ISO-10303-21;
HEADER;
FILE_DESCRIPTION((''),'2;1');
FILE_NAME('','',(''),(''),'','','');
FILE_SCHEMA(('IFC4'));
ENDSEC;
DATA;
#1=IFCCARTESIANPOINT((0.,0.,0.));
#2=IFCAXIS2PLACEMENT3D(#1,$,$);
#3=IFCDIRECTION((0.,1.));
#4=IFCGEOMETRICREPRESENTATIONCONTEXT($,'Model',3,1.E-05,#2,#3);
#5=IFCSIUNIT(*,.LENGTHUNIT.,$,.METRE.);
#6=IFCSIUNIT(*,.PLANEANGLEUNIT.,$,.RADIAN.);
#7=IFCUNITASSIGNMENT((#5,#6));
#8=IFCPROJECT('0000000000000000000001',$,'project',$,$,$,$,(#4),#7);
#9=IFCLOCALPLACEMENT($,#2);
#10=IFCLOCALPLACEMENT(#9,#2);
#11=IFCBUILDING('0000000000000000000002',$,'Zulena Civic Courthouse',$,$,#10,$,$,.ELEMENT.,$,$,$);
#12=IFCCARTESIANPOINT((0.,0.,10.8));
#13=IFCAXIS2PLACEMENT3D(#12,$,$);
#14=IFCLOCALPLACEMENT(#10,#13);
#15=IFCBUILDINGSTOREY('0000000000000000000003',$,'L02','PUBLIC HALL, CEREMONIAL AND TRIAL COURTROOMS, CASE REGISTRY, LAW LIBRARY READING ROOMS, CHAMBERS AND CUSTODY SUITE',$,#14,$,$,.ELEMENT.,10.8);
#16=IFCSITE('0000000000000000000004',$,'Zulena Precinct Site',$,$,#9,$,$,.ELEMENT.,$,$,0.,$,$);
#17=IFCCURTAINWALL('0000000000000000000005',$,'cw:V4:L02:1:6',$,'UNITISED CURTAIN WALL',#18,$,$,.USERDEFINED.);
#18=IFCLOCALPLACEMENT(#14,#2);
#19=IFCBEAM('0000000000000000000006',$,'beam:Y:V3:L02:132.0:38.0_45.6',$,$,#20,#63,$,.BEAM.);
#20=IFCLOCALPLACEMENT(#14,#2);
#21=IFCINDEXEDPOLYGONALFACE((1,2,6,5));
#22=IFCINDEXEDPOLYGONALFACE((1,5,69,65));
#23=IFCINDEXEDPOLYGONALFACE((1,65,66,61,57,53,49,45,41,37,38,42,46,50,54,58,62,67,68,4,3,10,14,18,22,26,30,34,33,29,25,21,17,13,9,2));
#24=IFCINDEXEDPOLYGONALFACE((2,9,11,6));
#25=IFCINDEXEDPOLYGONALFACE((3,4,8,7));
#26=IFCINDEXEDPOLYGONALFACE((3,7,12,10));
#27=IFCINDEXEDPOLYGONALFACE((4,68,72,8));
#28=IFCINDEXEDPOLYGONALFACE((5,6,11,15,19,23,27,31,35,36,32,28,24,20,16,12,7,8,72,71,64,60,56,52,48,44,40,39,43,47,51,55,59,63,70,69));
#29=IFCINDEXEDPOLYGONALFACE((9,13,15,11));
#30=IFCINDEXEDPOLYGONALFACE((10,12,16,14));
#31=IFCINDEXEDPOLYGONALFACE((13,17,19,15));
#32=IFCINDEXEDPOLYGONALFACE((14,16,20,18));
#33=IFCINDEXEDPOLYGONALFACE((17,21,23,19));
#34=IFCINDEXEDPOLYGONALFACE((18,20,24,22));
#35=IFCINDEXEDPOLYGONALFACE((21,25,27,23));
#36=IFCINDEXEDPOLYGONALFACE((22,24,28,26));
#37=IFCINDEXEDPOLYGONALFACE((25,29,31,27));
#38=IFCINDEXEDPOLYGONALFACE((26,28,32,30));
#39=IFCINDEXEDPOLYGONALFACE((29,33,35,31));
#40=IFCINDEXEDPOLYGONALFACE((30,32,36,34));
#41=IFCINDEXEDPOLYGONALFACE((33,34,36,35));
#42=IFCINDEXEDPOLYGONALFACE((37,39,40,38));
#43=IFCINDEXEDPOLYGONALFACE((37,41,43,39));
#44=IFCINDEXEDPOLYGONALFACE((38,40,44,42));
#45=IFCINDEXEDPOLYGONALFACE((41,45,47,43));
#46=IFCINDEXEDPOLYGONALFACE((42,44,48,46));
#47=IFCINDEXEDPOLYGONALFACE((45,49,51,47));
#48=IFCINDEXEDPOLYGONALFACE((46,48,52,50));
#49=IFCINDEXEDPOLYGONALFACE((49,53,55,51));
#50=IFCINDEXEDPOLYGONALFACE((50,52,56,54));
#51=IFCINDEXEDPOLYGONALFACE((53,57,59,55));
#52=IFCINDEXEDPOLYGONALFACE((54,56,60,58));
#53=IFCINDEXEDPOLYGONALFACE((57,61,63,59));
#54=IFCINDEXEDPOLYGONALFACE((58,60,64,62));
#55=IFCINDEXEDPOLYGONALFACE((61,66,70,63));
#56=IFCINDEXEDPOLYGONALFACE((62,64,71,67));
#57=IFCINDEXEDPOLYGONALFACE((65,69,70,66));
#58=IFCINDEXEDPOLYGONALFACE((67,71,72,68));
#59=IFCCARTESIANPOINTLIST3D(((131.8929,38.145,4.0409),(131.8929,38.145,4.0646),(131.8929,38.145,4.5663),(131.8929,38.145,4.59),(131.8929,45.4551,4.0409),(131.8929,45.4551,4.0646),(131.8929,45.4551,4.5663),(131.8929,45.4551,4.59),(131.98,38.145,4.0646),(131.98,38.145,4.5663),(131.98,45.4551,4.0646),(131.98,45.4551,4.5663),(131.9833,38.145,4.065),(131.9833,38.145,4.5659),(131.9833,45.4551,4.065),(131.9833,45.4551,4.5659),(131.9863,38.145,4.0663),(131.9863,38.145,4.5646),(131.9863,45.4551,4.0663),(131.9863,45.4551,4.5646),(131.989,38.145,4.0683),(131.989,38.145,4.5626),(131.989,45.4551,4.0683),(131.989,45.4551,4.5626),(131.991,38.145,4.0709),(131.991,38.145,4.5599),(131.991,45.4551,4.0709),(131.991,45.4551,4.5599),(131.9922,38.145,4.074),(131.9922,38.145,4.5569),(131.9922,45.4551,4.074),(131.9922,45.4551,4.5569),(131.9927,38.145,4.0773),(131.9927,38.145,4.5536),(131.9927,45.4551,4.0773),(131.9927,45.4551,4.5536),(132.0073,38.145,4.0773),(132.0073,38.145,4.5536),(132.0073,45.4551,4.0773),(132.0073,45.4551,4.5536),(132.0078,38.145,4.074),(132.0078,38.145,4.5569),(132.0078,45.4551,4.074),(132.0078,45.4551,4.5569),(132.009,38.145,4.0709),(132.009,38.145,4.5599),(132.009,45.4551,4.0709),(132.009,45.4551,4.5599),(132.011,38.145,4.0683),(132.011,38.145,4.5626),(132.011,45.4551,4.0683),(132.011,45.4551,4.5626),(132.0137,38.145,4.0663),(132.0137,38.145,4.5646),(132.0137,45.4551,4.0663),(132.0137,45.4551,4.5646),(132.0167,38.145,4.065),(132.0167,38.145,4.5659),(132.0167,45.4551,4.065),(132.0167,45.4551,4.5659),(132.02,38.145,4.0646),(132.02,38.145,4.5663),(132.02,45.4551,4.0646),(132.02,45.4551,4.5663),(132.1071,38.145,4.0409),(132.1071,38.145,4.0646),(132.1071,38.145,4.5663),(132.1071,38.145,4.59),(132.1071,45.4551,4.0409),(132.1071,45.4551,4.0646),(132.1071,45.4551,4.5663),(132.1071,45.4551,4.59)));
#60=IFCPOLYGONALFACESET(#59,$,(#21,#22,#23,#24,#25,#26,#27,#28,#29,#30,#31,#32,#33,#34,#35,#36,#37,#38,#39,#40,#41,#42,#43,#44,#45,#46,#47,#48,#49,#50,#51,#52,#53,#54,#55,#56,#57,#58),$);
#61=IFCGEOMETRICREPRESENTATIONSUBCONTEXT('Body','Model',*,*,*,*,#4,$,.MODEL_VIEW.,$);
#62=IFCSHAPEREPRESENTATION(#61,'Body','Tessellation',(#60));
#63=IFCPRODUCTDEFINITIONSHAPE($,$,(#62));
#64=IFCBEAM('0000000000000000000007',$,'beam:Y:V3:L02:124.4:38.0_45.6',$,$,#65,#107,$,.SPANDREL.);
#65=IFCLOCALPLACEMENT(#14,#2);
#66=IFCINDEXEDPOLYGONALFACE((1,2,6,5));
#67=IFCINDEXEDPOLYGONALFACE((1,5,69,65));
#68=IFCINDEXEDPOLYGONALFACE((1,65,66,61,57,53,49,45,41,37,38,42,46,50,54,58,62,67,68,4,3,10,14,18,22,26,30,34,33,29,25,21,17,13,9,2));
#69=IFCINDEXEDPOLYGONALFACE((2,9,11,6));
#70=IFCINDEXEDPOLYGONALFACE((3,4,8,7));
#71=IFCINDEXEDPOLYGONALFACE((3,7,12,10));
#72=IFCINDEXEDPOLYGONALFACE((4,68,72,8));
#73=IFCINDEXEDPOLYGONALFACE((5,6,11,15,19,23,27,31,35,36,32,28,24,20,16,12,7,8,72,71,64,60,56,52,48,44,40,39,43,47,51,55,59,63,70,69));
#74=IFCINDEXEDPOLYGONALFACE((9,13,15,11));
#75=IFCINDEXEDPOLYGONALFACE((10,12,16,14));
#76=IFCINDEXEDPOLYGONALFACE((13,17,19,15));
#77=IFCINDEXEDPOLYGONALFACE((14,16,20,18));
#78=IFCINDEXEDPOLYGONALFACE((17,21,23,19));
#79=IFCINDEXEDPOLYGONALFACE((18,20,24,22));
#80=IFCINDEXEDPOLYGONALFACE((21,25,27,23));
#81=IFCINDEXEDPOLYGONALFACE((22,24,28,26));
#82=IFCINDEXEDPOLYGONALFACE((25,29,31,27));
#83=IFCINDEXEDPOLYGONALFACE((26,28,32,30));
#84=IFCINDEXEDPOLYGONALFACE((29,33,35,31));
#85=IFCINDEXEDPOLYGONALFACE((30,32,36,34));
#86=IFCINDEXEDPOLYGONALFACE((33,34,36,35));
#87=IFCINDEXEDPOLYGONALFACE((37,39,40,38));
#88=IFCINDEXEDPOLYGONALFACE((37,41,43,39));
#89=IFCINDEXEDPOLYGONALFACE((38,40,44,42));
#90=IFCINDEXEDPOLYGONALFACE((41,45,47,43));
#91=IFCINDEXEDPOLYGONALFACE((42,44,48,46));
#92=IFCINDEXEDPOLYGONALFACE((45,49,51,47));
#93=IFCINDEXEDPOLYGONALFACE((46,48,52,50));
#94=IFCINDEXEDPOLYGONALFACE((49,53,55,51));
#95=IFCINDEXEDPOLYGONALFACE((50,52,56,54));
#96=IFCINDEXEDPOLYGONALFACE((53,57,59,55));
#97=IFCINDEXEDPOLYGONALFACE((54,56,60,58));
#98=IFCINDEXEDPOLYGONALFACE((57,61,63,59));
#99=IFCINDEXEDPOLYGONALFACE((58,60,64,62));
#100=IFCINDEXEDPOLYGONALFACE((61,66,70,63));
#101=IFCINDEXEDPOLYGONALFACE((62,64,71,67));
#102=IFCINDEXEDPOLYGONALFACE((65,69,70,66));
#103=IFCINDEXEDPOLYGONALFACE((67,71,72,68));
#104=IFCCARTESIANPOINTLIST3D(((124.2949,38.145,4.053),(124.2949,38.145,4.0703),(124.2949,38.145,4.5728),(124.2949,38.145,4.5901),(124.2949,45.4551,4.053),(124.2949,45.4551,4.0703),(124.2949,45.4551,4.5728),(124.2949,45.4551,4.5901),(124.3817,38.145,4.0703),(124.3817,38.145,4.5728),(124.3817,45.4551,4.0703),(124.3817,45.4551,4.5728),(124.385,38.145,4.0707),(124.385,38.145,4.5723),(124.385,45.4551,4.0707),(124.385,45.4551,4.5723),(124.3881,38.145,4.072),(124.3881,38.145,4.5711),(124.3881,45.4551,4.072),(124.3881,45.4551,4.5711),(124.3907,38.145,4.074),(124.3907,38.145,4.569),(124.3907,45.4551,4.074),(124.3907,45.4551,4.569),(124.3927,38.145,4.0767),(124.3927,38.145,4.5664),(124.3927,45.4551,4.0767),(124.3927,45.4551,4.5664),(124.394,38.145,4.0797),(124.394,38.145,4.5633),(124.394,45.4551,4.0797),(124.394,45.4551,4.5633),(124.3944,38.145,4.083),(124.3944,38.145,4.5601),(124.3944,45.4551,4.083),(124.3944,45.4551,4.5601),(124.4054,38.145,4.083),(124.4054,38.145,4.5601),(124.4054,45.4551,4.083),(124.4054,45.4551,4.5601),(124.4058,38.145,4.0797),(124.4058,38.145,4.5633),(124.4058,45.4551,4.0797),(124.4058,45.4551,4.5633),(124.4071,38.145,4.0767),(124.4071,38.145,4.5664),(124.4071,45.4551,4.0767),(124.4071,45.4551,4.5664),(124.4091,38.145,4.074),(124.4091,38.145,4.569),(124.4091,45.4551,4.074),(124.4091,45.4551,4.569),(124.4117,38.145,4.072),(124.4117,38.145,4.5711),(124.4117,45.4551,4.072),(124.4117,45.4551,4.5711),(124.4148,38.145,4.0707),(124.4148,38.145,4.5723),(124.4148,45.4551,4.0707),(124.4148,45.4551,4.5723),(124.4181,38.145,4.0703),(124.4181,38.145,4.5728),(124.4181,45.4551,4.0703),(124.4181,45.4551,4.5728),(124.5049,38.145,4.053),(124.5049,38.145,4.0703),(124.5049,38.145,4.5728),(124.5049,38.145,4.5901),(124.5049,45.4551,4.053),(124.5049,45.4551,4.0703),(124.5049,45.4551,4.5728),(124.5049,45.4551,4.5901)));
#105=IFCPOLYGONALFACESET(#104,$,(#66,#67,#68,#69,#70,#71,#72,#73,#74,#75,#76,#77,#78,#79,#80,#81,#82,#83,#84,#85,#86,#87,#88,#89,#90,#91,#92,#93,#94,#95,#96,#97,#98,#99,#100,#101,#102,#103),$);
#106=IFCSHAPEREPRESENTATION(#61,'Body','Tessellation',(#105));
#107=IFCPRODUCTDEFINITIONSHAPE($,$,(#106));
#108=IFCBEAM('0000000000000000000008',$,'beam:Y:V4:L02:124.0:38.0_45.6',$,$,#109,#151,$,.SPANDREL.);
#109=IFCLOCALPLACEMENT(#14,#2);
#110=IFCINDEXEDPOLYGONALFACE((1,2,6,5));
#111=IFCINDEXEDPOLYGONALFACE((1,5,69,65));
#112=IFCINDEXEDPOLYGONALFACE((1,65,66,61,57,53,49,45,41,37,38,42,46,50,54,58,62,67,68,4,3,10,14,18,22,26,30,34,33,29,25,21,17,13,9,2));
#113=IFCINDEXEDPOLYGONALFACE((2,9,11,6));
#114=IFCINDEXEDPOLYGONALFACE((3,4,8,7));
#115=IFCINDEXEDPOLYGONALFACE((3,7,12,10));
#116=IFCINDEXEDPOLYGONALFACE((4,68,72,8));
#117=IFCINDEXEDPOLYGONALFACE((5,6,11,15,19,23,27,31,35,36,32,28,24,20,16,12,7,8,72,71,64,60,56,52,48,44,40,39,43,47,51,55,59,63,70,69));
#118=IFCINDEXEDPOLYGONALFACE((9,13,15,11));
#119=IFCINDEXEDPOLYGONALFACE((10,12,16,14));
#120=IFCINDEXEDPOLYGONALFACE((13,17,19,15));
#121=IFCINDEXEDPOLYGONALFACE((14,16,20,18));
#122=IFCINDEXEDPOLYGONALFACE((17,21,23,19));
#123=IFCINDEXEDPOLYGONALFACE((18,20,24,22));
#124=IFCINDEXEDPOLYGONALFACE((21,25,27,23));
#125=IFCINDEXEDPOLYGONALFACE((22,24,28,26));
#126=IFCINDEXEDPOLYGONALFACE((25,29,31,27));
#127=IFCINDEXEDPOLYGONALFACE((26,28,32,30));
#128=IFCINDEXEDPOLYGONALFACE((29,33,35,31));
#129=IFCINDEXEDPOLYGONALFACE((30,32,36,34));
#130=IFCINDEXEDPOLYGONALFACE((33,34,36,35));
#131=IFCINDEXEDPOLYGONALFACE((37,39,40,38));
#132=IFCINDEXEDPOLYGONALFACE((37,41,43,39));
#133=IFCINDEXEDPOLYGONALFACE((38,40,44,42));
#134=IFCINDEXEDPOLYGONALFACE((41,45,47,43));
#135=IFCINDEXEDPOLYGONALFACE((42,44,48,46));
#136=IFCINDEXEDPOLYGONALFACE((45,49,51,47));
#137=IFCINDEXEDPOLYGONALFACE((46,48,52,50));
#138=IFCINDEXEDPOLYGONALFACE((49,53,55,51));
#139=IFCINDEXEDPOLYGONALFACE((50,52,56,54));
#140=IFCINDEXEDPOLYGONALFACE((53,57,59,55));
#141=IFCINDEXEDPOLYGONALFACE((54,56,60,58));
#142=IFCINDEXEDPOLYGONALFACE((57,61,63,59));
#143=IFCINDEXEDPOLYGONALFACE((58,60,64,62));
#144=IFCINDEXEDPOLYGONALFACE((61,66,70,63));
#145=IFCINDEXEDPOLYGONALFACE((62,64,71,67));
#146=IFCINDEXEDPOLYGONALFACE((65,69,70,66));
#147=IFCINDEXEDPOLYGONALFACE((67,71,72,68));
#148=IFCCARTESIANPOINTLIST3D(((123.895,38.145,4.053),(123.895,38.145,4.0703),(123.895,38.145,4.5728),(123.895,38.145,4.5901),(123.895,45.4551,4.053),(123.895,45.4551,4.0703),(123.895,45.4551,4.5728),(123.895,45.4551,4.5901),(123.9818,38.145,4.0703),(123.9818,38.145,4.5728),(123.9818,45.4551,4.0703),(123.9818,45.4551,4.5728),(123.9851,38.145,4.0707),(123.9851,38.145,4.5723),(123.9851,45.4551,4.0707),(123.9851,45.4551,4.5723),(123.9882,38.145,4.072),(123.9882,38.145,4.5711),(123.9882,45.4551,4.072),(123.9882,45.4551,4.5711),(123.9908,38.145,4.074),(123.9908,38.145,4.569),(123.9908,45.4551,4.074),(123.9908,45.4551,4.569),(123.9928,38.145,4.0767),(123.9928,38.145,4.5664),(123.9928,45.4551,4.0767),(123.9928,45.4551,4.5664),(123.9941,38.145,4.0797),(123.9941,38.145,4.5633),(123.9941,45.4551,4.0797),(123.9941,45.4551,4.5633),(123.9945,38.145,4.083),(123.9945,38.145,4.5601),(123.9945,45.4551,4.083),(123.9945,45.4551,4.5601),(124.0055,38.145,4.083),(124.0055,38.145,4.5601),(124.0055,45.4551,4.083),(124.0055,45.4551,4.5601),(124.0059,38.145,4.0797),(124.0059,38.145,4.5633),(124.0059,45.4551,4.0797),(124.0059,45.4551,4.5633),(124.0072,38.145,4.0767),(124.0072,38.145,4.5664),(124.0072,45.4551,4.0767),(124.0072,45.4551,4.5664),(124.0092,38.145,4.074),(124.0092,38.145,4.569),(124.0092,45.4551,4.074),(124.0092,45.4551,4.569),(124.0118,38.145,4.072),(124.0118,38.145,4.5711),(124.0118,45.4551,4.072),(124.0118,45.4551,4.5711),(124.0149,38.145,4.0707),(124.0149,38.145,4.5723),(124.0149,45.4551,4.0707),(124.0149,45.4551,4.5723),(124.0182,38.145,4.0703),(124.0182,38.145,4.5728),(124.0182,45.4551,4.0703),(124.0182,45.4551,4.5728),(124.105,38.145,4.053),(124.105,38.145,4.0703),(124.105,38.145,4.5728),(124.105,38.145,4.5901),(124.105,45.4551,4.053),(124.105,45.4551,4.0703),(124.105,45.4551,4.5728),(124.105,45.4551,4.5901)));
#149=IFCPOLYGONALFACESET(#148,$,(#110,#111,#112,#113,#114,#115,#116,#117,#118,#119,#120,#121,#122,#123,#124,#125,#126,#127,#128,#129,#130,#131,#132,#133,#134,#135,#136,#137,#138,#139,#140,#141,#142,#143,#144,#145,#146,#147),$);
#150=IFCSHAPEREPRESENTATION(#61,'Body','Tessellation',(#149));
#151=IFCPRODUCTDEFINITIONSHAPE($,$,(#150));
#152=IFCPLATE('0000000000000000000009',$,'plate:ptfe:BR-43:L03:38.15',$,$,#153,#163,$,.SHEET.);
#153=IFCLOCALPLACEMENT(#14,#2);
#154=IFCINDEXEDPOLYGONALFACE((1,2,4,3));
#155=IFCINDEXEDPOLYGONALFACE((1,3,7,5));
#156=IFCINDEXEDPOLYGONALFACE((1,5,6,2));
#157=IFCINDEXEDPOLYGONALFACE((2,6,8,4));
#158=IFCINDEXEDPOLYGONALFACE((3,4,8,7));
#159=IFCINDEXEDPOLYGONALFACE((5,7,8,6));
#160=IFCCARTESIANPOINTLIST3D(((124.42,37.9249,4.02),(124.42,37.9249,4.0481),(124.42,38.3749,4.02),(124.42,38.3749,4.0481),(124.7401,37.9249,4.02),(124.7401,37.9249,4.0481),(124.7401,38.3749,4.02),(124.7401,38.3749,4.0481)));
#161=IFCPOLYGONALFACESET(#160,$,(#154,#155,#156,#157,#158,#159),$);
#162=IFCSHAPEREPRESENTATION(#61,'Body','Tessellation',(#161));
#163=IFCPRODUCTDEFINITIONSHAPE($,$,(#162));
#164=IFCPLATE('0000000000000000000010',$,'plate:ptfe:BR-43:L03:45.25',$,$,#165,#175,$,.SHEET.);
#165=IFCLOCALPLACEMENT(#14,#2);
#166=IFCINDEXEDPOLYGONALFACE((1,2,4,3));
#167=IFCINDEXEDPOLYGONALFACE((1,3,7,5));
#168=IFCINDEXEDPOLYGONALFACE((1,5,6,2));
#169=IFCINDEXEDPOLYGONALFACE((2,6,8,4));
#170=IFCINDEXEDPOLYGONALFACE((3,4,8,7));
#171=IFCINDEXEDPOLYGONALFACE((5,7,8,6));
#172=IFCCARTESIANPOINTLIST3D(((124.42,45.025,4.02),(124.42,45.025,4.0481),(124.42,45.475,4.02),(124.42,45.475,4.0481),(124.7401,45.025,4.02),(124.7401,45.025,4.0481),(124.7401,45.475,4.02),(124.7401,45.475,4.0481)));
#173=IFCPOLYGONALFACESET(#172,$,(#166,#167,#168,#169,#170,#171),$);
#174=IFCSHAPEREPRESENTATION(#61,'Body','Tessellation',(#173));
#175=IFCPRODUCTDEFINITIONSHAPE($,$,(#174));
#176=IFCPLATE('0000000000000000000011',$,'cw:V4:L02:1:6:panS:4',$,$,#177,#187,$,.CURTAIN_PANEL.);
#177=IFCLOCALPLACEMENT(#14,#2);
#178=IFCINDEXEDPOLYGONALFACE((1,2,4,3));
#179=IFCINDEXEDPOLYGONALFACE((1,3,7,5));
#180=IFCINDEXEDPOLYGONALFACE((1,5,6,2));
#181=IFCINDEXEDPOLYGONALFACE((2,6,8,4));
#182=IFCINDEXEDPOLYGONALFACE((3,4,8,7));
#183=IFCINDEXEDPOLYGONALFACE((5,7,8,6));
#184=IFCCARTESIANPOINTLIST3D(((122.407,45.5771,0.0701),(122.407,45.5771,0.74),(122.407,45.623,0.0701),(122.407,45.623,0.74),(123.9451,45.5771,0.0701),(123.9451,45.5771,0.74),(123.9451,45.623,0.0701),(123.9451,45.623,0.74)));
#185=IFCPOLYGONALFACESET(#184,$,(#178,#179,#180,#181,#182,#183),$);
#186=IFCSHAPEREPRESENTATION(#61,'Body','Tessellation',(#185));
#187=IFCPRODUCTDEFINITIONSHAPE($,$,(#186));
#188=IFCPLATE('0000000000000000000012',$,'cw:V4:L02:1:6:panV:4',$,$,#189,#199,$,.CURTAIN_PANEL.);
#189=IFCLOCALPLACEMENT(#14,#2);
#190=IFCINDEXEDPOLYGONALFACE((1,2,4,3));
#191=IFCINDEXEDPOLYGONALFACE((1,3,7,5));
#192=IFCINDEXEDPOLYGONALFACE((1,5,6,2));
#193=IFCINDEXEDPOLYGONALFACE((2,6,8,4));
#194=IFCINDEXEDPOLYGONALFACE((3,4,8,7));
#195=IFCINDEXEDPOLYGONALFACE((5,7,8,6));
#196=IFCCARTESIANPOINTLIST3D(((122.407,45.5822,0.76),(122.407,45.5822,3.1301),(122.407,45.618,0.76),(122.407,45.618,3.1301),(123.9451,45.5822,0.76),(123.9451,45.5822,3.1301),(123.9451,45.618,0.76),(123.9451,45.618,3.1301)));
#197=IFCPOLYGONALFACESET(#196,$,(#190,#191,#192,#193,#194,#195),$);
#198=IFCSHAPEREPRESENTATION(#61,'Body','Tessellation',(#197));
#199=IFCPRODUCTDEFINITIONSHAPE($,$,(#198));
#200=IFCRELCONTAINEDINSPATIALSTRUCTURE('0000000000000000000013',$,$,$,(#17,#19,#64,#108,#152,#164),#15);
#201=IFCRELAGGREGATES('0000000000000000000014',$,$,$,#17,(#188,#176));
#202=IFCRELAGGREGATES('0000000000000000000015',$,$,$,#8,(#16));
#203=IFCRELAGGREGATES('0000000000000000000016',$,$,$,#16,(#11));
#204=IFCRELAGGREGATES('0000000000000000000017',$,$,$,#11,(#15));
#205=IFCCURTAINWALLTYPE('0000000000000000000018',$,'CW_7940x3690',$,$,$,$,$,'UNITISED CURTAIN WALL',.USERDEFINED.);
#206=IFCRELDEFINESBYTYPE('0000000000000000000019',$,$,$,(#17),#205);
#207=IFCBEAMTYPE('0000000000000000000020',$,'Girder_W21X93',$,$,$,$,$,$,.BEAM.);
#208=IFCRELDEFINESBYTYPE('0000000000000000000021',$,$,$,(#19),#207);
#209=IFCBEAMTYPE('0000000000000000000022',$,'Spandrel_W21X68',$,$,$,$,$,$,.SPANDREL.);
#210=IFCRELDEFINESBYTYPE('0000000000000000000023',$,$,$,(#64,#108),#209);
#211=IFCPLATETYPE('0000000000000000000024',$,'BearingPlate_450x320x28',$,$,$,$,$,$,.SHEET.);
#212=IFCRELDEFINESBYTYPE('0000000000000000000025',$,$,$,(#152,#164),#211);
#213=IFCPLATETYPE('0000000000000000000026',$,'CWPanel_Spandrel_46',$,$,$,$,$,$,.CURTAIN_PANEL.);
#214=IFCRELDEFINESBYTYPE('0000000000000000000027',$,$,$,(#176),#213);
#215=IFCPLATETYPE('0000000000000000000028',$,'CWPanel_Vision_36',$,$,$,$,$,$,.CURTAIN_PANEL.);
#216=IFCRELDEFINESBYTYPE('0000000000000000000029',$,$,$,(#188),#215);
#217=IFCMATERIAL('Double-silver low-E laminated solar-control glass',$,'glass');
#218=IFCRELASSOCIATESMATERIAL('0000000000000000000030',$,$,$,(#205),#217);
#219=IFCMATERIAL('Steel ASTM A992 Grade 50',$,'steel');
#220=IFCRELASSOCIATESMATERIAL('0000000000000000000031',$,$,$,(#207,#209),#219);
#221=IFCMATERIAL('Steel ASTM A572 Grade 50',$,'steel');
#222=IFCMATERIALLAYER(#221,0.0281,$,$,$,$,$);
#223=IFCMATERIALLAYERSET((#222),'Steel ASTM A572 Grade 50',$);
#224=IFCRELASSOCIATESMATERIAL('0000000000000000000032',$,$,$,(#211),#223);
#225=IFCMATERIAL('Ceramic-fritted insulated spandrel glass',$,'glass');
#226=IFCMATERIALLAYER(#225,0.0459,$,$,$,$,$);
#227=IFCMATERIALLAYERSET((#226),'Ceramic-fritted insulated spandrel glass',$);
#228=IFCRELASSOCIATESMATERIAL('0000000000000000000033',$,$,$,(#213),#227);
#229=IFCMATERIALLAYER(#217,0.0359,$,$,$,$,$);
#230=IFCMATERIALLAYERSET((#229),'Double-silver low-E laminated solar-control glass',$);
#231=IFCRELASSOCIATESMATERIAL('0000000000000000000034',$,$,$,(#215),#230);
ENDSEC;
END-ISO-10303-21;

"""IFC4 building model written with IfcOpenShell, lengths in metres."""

from ifc_helpers import new_model, si_unit, direction, frame, origin, origin_2d, place, context, subcontext, project, spatial, rectangle, i_section, extrude, material, layer, layer_set, material_profile, profile_set, type_object, element, aggregate, save


model = new_model("IFC4")

# Units and contexts
model_context = context("Model", 3, precision=1e-05, world=origin(), true_north=direction((0.0, 1.0)))
body_context = subcontext(model_context, "Body", "Model", "MODEL_VIEW")
ifc_project = project(units=[si_unit("LENGTHUNIT", "METRE"), si_unit("PLANEANGLEUNIT", "RADIAN")], contexts=[model_context])

# Site, building, storey
site_placement = place(None, origin())
site = spatial("IfcSite", under=ifc_project, at=site_placement, Name="Zulena Precinct Site", CompositionType="ELEMENT", RefElevation=0.0)
building_placement = place(site_placement, origin())
building = spatial("IfcBuilding", under=site, at=building_placement, Name="Zulena Civic Courthouse", CompositionType="ELEMENT")
storey_placement = place(building_placement, frame((0.0, 0.0, 10.8)))
storey = spatial("IfcBuildingStorey", under=building, at=storey_placement, Name="L02", Description="PUBLIC HALL, CEREMONIAL AND TRIAL COURTROOMS, CASE REGISTRY, LAW LIBRARY READING ROOMS, CHAMBERS AND CUSTODY SUITE", CompositionType="ELEMENT", Elevation=10.8)

# Shared definitions
ifc_material_1 = material(Name="Steel ASTM A992 Grade 50", Category="steel")

# Curtain wall
ifc_material_2 = material(Name="Double-silver low-E laminated solar-control glass", Category="glass")
curtain_wall_type = type_object("IfcCurtainWallType", Name="CW_7940x3690", ElementType="UNITISED CURTAIN WALL", PredefinedType="USERDEFINED", material=ifc_material_2)
curtain_wall_placement = place(storey_placement, origin())
curtain_wall = element("IfcCurtainWall", 1, at=curtain_wall_placement, inside=storey, type_object=curtain_wall_type, Name="cw:V4:L02:1:6", ObjectType="UNITISED CURTAIN WALL", PredefinedType="USERDEFINED")

# Beams
ifc_material_profile_1 = material_profile(ifc_material_1, i_section(OverallWidth=0.2141, OverallDepth=0.5491, WebThickness=0.0146, FlangeThickness=0.0237, FilletRadius=0.0127, at=origin_2d()), Name="W21X93")
ifc_profile_set_1 = profile_set([ifc_material_profile_1], Name="Steel ASTM A992 Grade 50")
beam_type_1 = type_object("IfcBeamType", Name="Girder_W21X93", PredefinedType="BEAM", material=ifc_profile_set_1)
beam_placement = place(storey_placement, frame((132.0, 38.145, 4.3154), z_axis=(0.0, 1.0, 0.0), x_axis=(-1.0, 0.0, 0.0)))
element("IfcBeam", 2, at=beam_placement, inside=storey, type_object=beam_type_1, Name="beam:Y:V3:L02:132.0:38.0_45.6", PredefinedType="BEAM", context=body_context, shape_type="SweptSolid", body=[
    extrude(i_section(OverallWidth=0.2141, OverallDepth=0.5491, WebThickness=0.0146, FlangeThickness=0.0237, FilletRadius=0.0127, at=origin_2d()), origin(), (0.0, 0.0, 1.0), 7.3101),
])
ifc_material_profile_2 = material_profile(ifc_material_1, i_section(OverallWidth=0.21, OverallDepth=0.5371, WebThickness=0.011, FlangeThickness=0.0173, FilletRadius=0.0127, at=origin_2d()), Name="W21X68")
ifc_profile_set_2 = profile_set([ifc_material_profile_2], Name="Steel ASTM A992 Grade 50")
beam_type_2 = type_object("IfcBeamType", Name="Spandrel_W21X68", PredefinedType="SPANDREL", material=ifc_profile_set_2)
for number, where, z_axis, x_axis, name in (
    (3, (124.3999, 38.145, 4.3215), (0.0, 1.0, 0.0), (-1.0, 0.0, 0.0), "beam:Y:V3:L02:124.4:38.0_45.6"),
    (4, (124.0, 38.145, 4.3215), (0.0, 1.0, 0.0), (-1.0, 0.0, 0.0), "beam:Y:V4:L02:124.0:38.0_45.6"),
):
    element("IfcBeam", number, at=place(storey_placement, frame(where, z_axis=z_axis, x_axis=x_axis)), inside=storey, type_object=beam_type_2, Name=name, PredefinedType="SPANDREL", context=body_context, shape_type="SweptSolid", body=[
        extrude(i_section(OverallWidth=0.21, OverallDepth=0.5371, WebThickness=0.011, FlangeThickness=0.0173, FilletRadius=0.0127, at=origin_2d()), origin(), (0.0, 0.0, 1.0), 7.3101),
    ])

# Plates
ifc_material_3 = material(Name="Steel ASTM A572 Grade 50", Category="steel")
ifc_layer_1 = layer(ifc_material_3, 0.0281)
ifc_layer_set_1 = layer_set([ifc_layer_1], Name="Steel ASTM A572 Grade 50")
plate_type_1 = type_object("IfcPlateType", Name="BearingPlate_450x320x28", PredefinedType="SHEET", material=ifc_layer_set_1)
for number, where, z_axis, x_axis, name in (
    (5, (124.5801, 38.1499, 4.02), (0.0, 0.0, 1.0), (1.0, 0.0, 0.0), "plate:ptfe:BR-43:L03:38.15"),
    (6, (124.5801, 45.25, 4.02), (0.0, 0.0, 1.0), (1.0, 0.0, 0.0), "plate:ptfe:BR-43:L03:45.25"),
):
    element("IfcPlate", number, at=place(storey_placement, frame(where, z_axis=z_axis, x_axis=x_axis)), inside=storey, type_object=plate_type_1, Name=name, PredefinedType="SHEET", context=body_context, shape_type="SweptSolid", body=[
        extrude(rectangle(XDim=0.3201, YDim=0.45, at=origin_2d()), origin(), (0.0, 0.0, 1.0), 0.0281),
    ])

# Plates
ifc_material_4 = material(Name="Ceramic-fritted insulated spandrel glass", Category="glass")
ifc_layer_2 = layer(ifc_material_4, 0.0459)
ifc_layer_set_2 = layer_set([ifc_layer_2], Name="Ceramic-fritted insulated spandrel glass")
plate_type_2 = type_object("IfcPlateType", Name="CWPanel_Spandrel_46", PredefinedType="CURTAIN_PANEL", material=ifc_layer_set_2)
plate_1_placement = place(storey_placement, frame((123.176, 45.6001, 0.0701), z_axis=(0.0, 0.0, 1.0), x_axis=(1.0, 0.0, 0.0)))
plate_1 = element("IfcPlate", 7, at=plate_1_placement, type_object=plate_type_2, Name="cw:V4:L02:1:6:panS:4", PredefinedType="CURTAIN_PANEL", context=body_context, shape_type="SweptSolid", body=[
    extrude(rectangle(XDim=1.5381, YDim=0.0459, at=origin_2d()), origin(), (0.0, 0.0, 1.0), 0.6699),
])
ifc_layer_3 = layer(ifc_material_2, 0.0359)
ifc_layer_set_3 = layer_set([ifc_layer_3], Name="Double-silver low-E laminated solar-control glass")
plate_type_3 = type_object("IfcPlateType", Name="CWPanel_Vision_36", PredefinedType="CURTAIN_PANEL", material=ifc_layer_set_3)
plate_2_placement = place(storey_placement, frame((123.176, 45.6001, 0.76), z_axis=(0.0, 0.0, 1.0), x_axis=(1.0, 0.0, 0.0)))
plate_2 = element("IfcPlate", 8, at=plate_2_placement, type_object=plate_type_3, Name="cw:V4:L02:1:6:panV:4", PredefinedType="CURTAIN_PANEL", context=body_context, shape_type="SweptSolid", body=[
    extrude(rectangle(XDim=1.5381, YDim=0.0359, at=origin_2d()), origin(), (0.0, 0.0, 1.0), 2.3701),
])
aggregate(curtain_wall, [plate_2, plate_1])

save(model, "model.ifc")
